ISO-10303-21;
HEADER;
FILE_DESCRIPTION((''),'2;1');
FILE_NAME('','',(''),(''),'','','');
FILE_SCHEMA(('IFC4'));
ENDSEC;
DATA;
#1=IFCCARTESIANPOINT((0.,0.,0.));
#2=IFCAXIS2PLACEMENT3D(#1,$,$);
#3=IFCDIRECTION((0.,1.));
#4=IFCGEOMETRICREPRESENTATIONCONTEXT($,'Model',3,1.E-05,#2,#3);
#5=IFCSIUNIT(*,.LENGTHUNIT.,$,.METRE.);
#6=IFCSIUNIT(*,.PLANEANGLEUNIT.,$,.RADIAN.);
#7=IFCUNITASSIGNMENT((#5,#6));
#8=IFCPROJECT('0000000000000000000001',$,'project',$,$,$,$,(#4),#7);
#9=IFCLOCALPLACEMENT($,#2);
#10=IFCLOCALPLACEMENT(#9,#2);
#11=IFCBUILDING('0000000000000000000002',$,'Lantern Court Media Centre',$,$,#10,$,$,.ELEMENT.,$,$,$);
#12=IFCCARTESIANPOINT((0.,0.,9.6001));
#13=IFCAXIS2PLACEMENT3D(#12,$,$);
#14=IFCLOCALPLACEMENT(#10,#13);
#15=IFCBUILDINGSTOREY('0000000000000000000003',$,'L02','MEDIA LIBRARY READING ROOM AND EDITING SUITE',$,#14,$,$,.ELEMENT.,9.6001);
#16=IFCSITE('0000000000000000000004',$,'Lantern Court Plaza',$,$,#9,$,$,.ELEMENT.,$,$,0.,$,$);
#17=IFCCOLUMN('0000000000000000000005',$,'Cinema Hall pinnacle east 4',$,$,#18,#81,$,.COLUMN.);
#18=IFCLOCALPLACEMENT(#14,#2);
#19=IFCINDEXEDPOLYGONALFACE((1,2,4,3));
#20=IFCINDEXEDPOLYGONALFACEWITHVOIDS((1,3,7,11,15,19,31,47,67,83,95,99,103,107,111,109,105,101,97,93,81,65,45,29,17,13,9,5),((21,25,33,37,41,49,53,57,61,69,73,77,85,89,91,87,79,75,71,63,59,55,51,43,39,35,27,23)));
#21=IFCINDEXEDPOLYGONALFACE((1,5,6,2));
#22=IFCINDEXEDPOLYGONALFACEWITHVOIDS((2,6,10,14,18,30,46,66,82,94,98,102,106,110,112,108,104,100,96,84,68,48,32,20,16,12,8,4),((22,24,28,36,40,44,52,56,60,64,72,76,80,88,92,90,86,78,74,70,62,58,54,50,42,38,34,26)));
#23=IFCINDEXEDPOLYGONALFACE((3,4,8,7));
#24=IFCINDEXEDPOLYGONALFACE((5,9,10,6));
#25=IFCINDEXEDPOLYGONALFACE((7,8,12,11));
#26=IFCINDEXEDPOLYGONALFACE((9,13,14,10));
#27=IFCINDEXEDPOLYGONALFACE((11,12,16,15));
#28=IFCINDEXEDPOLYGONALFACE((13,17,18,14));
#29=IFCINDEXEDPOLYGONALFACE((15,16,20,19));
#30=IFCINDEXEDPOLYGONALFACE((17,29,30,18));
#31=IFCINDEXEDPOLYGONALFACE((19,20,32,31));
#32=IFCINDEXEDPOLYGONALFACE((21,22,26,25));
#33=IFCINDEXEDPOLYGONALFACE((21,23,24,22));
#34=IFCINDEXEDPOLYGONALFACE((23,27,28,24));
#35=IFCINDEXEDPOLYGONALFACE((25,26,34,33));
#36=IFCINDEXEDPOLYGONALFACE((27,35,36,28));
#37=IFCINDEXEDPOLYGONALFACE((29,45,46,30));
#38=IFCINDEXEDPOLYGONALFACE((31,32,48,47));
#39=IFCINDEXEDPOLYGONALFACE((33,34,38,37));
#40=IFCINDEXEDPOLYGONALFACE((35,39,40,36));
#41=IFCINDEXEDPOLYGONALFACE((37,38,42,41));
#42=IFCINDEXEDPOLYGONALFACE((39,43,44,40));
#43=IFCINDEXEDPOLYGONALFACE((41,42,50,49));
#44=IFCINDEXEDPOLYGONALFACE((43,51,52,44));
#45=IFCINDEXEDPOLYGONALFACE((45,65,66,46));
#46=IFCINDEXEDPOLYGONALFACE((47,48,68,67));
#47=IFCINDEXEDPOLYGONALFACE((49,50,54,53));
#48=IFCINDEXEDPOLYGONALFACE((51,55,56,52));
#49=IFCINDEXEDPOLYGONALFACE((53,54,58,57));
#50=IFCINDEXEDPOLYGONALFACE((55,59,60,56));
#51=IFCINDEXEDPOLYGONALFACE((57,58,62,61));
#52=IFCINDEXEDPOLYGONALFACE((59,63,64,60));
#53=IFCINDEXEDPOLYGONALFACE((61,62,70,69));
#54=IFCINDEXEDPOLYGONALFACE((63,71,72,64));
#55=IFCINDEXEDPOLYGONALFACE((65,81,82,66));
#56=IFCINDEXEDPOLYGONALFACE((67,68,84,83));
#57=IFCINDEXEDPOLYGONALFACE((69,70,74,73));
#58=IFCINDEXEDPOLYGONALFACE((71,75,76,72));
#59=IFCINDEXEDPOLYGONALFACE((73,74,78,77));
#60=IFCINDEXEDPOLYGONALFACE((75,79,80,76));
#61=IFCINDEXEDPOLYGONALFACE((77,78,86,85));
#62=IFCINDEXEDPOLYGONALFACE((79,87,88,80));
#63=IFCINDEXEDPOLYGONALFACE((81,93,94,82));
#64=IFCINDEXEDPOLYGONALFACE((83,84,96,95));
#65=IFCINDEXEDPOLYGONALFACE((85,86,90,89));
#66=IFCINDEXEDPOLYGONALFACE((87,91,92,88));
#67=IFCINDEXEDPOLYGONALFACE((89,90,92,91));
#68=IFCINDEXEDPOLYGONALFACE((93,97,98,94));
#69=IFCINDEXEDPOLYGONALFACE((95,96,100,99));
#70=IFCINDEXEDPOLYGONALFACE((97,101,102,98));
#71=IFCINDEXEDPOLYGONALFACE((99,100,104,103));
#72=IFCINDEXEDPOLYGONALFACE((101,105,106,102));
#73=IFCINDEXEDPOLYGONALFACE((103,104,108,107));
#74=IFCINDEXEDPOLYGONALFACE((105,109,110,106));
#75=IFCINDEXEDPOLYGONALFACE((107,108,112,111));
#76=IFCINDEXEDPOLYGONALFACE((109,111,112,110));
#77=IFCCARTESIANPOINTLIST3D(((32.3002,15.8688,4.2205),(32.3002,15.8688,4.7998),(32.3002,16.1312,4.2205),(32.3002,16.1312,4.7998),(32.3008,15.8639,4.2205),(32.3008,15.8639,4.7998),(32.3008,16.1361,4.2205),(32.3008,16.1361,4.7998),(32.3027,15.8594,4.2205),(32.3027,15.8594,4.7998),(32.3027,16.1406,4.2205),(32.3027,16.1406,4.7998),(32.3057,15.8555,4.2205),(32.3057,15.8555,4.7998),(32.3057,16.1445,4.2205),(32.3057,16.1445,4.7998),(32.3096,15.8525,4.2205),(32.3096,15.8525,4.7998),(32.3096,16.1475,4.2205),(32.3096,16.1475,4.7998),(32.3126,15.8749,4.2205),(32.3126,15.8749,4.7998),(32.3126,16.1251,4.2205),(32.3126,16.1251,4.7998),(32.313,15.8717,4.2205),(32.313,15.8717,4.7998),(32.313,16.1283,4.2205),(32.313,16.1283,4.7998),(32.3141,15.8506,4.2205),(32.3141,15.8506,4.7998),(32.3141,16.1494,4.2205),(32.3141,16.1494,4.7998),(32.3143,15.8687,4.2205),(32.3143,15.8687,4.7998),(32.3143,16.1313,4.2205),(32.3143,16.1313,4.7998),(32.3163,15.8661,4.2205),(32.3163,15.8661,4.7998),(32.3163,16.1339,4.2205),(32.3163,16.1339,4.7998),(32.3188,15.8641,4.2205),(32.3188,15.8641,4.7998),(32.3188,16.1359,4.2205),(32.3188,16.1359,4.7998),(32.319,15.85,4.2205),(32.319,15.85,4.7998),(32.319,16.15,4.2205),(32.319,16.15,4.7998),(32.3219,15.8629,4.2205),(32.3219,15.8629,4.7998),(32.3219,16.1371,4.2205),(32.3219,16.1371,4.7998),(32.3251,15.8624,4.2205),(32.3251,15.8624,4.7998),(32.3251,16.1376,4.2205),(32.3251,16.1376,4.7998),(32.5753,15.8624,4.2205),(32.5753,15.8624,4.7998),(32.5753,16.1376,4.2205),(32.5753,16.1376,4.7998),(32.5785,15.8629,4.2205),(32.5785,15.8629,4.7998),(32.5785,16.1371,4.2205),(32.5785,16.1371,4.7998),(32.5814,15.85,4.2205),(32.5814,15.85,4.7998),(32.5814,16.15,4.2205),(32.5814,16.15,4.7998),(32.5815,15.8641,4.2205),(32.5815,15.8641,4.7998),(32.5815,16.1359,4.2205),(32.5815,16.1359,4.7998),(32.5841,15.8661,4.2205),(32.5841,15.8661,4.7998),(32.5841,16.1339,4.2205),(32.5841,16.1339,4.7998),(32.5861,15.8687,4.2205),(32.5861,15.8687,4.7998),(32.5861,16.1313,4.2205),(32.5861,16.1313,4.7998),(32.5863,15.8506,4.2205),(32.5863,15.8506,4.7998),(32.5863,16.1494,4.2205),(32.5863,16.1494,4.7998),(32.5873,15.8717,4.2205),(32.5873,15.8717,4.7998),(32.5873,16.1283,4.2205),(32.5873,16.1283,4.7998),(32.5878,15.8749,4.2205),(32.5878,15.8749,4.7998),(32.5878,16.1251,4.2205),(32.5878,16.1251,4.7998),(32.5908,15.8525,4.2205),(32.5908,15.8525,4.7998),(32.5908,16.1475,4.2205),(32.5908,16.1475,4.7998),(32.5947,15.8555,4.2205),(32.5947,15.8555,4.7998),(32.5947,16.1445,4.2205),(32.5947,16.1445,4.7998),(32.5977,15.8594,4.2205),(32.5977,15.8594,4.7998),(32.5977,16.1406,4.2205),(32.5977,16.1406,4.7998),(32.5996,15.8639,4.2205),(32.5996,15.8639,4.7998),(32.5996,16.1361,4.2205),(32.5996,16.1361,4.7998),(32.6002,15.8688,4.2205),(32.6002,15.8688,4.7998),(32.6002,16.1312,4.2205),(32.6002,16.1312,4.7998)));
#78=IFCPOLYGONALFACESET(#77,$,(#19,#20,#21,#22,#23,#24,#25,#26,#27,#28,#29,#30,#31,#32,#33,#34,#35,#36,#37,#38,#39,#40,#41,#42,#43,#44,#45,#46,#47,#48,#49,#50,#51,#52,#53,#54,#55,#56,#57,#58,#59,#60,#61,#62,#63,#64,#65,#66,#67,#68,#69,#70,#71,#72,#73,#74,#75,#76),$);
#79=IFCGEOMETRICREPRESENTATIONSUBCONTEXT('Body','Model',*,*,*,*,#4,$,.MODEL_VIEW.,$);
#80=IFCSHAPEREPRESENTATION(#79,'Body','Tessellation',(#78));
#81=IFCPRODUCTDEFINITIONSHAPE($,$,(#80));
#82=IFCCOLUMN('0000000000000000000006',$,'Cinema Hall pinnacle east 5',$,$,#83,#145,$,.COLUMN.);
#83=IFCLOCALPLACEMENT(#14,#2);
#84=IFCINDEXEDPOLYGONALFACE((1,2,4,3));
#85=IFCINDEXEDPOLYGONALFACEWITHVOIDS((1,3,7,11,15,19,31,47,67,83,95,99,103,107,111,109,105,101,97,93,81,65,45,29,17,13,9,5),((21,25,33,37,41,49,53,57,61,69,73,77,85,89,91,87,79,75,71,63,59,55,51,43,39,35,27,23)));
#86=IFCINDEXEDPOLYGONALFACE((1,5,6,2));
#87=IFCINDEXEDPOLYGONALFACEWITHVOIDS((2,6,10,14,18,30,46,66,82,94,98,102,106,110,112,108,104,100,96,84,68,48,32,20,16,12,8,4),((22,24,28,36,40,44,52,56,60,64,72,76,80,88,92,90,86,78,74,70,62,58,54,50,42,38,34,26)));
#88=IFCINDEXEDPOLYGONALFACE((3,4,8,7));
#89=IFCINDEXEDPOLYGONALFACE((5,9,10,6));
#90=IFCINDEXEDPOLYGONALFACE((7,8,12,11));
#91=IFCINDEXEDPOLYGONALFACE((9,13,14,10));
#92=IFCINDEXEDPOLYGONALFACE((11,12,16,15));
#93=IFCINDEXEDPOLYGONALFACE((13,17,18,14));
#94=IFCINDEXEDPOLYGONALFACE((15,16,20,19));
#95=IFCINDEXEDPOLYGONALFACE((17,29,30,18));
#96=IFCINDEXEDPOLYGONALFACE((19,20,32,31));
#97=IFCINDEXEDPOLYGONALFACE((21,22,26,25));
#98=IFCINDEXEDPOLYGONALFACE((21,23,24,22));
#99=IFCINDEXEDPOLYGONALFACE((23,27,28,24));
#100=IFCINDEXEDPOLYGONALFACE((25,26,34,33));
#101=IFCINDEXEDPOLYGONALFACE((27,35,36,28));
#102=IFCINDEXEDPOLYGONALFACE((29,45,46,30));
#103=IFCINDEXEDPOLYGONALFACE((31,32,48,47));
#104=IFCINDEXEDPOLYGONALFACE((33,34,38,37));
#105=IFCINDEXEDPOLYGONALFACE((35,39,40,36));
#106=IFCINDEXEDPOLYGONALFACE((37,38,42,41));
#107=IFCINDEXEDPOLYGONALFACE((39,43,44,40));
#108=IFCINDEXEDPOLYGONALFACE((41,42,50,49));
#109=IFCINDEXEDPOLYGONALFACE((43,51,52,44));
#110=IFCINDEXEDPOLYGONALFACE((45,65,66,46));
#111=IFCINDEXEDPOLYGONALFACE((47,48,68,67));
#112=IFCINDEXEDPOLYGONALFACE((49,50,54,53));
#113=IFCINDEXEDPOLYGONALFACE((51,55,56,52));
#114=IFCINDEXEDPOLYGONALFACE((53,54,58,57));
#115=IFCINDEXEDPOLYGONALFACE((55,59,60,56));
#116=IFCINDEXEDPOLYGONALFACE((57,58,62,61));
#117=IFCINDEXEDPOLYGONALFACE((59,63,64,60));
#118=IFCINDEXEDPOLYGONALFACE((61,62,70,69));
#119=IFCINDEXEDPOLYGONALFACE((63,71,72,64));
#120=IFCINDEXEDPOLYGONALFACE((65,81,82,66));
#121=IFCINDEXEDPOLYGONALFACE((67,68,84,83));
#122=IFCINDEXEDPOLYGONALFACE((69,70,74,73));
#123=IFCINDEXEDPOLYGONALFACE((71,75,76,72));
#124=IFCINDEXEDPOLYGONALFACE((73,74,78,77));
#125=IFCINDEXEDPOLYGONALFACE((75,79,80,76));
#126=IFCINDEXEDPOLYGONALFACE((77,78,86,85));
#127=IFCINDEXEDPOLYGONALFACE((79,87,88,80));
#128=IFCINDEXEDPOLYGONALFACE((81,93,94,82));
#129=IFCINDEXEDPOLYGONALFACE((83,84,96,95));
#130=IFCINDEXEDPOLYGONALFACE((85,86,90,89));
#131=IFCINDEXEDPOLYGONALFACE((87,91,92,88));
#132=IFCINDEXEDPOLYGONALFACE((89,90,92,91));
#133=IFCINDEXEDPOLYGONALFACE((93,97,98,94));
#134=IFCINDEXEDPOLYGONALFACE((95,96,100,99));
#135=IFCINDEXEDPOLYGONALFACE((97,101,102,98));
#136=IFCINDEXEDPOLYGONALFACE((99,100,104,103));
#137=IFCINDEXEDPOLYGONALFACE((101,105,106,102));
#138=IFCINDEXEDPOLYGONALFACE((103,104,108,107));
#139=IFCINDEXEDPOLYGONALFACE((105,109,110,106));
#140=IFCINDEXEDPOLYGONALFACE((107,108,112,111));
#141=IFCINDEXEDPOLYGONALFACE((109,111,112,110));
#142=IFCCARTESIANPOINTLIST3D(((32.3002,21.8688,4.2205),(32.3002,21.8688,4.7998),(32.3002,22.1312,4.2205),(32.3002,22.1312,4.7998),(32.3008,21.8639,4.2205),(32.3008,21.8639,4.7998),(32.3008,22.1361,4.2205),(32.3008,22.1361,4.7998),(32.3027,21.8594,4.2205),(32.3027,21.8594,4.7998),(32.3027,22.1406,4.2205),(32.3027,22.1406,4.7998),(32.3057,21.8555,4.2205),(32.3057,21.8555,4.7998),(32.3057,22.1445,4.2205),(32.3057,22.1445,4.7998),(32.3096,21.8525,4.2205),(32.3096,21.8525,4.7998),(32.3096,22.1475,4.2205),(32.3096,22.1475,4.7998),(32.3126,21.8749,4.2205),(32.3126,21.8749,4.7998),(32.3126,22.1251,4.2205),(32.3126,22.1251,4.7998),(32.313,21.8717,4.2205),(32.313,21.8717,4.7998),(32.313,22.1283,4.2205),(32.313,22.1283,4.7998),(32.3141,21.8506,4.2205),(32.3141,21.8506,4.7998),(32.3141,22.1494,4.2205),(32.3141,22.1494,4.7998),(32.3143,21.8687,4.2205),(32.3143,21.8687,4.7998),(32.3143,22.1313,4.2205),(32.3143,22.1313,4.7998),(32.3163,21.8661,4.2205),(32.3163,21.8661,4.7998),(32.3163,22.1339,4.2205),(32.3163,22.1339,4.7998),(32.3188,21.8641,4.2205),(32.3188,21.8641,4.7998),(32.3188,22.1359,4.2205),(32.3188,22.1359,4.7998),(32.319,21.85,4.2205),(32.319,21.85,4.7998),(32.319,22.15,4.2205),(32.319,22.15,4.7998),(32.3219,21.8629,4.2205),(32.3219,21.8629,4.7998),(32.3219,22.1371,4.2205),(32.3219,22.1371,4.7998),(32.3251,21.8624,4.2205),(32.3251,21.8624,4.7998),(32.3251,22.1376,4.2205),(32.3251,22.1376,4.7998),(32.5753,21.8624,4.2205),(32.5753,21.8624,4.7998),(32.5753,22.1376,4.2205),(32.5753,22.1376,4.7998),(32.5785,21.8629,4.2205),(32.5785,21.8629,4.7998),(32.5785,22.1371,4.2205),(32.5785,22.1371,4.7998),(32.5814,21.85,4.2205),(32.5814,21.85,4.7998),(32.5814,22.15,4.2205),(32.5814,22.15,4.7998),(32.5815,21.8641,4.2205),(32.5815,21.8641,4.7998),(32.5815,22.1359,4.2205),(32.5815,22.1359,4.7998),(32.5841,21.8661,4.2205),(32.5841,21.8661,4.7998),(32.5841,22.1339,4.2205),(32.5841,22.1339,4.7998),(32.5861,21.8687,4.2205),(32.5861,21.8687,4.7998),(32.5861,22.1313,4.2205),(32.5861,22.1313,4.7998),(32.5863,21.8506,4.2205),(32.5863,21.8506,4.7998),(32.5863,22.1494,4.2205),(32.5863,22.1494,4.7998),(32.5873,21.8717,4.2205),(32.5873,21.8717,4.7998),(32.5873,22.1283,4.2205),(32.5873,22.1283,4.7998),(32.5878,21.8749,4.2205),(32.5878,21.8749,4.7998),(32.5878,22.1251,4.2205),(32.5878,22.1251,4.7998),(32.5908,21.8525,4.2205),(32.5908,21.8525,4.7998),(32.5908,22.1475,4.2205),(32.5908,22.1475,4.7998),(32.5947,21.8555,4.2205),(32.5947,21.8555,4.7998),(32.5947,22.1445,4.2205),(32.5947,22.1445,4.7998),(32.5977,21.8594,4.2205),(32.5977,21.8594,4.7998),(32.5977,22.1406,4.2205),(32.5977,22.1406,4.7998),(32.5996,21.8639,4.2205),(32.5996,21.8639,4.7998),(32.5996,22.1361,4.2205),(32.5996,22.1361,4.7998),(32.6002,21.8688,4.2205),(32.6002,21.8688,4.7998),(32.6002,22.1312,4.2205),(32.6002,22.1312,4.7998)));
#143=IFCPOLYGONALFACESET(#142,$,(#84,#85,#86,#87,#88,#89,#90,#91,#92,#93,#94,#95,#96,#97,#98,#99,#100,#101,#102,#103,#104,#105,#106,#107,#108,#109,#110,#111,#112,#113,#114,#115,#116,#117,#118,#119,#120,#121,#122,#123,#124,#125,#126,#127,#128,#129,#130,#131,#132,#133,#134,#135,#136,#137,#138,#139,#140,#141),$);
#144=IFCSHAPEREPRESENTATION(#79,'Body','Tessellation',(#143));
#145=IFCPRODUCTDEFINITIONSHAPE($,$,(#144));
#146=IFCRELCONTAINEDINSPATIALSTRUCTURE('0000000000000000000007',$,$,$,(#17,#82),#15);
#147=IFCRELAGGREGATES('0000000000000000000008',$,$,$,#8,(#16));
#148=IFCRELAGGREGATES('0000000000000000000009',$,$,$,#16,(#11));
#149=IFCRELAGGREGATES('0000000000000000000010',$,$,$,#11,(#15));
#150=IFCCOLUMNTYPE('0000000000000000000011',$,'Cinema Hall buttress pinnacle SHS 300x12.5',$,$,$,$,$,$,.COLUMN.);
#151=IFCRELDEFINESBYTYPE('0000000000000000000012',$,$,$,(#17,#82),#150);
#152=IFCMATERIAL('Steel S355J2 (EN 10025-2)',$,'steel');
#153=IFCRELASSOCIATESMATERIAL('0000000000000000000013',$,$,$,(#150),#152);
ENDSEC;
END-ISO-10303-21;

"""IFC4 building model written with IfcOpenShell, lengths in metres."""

from ifc_helpers import new_model, si_unit, direction, frame, origin, origin_2d, place, context, subcontext, project, spatial, hollow_rectangle, extrude, material, material_profile, profile_set, type_object, element, save


model = new_model("IFC4")

# Units and contexts
model_context = context("Model", 3, precision=1e-05, world=origin(), true_north=direction((0.0, 1.0)))
body_context = subcontext(model_context, "Body", "Model", "MODEL_VIEW")
ifc_project = project(units=[si_unit("LENGTHUNIT", "METRE"), si_unit("PLANEANGLEUNIT", "RADIAN")], contexts=[model_context])

# Site, building, storey
site_placement = place(None, origin())
site = spatial("IfcSite", under=ifc_project, at=site_placement, Name="Lantern Court Plaza", CompositionType="ELEMENT", RefElevation=0.0)
building_placement = place(site_placement, origin())
building = spatial("IfcBuilding", under=site, at=building_placement, Name="Lantern Court Media Centre", CompositionType="ELEMENT")
storey_placement = place(building_placement, frame((0.0, 0.0, 9.6001)))
storey = spatial("IfcBuildingStorey", under=building, at=storey_placement, Name="L02", Description="MEDIA LIBRARY READING ROOM AND EDITING SUITE", CompositionType="ELEMENT", Elevation=9.6001)

# Columns
ifc_material = material(Name="Steel S355J2 (EN 10025-2)", Category="steel")
ifc_material_profile_1 = material_profile(ifc_material, hollow_rectangle(XDim=0.3, YDim=0.3, WallThickness=0.0125, InnerFilletRadius=0.0125, OuterFilletRadius=0.0188, at=origin_2d()), Name="Cinema Hall buttress pinnacle SHS 300x12.5")
ifc_profile_set_1 = profile_set([ifc_material_profile_1], Name="Steel S355J2 (EN 10025-2)")
column_type_1 = type_object("IfcColumnType", Name="Cinema Hall buttress pinnacle SHS 300x12.5", PredefinedType="COLUMN", material=ifc_profile_set_1)
for number, where, z_axis, x_axis, name in (
    (1, (32.4502, 16.0, 4.2205), (0.0, 0.0, 1.0), (1.0, 0.0, 0.0), "Cinema Hall pinnacle east 4"),
    (2, (32.4502, 22.0, 4.2205), (0.0, 0.0, 1.0), (1.0, 0.0, 0.0), "Cinema Hall pinnacle east 5"),
):
    element("IfcColumn", number, at=place(storey_placement, frame(where, z_axis=z_axis, x_axis=x_axis)), inside=storey, type_object=column_type_1, Name=name, PredefinedType="COLUMN", context=body_context, shape_type="SweptSolid", body=[
        extrude(hollow_rectangle(XDim=0.3, YDim=0.3, WallThickness=0.0125, InnerFilletRadius=0.0125, OuterFilletRadius=0.0188, at=origin_2d()), origin(), (0.0, 0.0, 1.0), 0.5793),
    ])

save(model, "model.ifc")
